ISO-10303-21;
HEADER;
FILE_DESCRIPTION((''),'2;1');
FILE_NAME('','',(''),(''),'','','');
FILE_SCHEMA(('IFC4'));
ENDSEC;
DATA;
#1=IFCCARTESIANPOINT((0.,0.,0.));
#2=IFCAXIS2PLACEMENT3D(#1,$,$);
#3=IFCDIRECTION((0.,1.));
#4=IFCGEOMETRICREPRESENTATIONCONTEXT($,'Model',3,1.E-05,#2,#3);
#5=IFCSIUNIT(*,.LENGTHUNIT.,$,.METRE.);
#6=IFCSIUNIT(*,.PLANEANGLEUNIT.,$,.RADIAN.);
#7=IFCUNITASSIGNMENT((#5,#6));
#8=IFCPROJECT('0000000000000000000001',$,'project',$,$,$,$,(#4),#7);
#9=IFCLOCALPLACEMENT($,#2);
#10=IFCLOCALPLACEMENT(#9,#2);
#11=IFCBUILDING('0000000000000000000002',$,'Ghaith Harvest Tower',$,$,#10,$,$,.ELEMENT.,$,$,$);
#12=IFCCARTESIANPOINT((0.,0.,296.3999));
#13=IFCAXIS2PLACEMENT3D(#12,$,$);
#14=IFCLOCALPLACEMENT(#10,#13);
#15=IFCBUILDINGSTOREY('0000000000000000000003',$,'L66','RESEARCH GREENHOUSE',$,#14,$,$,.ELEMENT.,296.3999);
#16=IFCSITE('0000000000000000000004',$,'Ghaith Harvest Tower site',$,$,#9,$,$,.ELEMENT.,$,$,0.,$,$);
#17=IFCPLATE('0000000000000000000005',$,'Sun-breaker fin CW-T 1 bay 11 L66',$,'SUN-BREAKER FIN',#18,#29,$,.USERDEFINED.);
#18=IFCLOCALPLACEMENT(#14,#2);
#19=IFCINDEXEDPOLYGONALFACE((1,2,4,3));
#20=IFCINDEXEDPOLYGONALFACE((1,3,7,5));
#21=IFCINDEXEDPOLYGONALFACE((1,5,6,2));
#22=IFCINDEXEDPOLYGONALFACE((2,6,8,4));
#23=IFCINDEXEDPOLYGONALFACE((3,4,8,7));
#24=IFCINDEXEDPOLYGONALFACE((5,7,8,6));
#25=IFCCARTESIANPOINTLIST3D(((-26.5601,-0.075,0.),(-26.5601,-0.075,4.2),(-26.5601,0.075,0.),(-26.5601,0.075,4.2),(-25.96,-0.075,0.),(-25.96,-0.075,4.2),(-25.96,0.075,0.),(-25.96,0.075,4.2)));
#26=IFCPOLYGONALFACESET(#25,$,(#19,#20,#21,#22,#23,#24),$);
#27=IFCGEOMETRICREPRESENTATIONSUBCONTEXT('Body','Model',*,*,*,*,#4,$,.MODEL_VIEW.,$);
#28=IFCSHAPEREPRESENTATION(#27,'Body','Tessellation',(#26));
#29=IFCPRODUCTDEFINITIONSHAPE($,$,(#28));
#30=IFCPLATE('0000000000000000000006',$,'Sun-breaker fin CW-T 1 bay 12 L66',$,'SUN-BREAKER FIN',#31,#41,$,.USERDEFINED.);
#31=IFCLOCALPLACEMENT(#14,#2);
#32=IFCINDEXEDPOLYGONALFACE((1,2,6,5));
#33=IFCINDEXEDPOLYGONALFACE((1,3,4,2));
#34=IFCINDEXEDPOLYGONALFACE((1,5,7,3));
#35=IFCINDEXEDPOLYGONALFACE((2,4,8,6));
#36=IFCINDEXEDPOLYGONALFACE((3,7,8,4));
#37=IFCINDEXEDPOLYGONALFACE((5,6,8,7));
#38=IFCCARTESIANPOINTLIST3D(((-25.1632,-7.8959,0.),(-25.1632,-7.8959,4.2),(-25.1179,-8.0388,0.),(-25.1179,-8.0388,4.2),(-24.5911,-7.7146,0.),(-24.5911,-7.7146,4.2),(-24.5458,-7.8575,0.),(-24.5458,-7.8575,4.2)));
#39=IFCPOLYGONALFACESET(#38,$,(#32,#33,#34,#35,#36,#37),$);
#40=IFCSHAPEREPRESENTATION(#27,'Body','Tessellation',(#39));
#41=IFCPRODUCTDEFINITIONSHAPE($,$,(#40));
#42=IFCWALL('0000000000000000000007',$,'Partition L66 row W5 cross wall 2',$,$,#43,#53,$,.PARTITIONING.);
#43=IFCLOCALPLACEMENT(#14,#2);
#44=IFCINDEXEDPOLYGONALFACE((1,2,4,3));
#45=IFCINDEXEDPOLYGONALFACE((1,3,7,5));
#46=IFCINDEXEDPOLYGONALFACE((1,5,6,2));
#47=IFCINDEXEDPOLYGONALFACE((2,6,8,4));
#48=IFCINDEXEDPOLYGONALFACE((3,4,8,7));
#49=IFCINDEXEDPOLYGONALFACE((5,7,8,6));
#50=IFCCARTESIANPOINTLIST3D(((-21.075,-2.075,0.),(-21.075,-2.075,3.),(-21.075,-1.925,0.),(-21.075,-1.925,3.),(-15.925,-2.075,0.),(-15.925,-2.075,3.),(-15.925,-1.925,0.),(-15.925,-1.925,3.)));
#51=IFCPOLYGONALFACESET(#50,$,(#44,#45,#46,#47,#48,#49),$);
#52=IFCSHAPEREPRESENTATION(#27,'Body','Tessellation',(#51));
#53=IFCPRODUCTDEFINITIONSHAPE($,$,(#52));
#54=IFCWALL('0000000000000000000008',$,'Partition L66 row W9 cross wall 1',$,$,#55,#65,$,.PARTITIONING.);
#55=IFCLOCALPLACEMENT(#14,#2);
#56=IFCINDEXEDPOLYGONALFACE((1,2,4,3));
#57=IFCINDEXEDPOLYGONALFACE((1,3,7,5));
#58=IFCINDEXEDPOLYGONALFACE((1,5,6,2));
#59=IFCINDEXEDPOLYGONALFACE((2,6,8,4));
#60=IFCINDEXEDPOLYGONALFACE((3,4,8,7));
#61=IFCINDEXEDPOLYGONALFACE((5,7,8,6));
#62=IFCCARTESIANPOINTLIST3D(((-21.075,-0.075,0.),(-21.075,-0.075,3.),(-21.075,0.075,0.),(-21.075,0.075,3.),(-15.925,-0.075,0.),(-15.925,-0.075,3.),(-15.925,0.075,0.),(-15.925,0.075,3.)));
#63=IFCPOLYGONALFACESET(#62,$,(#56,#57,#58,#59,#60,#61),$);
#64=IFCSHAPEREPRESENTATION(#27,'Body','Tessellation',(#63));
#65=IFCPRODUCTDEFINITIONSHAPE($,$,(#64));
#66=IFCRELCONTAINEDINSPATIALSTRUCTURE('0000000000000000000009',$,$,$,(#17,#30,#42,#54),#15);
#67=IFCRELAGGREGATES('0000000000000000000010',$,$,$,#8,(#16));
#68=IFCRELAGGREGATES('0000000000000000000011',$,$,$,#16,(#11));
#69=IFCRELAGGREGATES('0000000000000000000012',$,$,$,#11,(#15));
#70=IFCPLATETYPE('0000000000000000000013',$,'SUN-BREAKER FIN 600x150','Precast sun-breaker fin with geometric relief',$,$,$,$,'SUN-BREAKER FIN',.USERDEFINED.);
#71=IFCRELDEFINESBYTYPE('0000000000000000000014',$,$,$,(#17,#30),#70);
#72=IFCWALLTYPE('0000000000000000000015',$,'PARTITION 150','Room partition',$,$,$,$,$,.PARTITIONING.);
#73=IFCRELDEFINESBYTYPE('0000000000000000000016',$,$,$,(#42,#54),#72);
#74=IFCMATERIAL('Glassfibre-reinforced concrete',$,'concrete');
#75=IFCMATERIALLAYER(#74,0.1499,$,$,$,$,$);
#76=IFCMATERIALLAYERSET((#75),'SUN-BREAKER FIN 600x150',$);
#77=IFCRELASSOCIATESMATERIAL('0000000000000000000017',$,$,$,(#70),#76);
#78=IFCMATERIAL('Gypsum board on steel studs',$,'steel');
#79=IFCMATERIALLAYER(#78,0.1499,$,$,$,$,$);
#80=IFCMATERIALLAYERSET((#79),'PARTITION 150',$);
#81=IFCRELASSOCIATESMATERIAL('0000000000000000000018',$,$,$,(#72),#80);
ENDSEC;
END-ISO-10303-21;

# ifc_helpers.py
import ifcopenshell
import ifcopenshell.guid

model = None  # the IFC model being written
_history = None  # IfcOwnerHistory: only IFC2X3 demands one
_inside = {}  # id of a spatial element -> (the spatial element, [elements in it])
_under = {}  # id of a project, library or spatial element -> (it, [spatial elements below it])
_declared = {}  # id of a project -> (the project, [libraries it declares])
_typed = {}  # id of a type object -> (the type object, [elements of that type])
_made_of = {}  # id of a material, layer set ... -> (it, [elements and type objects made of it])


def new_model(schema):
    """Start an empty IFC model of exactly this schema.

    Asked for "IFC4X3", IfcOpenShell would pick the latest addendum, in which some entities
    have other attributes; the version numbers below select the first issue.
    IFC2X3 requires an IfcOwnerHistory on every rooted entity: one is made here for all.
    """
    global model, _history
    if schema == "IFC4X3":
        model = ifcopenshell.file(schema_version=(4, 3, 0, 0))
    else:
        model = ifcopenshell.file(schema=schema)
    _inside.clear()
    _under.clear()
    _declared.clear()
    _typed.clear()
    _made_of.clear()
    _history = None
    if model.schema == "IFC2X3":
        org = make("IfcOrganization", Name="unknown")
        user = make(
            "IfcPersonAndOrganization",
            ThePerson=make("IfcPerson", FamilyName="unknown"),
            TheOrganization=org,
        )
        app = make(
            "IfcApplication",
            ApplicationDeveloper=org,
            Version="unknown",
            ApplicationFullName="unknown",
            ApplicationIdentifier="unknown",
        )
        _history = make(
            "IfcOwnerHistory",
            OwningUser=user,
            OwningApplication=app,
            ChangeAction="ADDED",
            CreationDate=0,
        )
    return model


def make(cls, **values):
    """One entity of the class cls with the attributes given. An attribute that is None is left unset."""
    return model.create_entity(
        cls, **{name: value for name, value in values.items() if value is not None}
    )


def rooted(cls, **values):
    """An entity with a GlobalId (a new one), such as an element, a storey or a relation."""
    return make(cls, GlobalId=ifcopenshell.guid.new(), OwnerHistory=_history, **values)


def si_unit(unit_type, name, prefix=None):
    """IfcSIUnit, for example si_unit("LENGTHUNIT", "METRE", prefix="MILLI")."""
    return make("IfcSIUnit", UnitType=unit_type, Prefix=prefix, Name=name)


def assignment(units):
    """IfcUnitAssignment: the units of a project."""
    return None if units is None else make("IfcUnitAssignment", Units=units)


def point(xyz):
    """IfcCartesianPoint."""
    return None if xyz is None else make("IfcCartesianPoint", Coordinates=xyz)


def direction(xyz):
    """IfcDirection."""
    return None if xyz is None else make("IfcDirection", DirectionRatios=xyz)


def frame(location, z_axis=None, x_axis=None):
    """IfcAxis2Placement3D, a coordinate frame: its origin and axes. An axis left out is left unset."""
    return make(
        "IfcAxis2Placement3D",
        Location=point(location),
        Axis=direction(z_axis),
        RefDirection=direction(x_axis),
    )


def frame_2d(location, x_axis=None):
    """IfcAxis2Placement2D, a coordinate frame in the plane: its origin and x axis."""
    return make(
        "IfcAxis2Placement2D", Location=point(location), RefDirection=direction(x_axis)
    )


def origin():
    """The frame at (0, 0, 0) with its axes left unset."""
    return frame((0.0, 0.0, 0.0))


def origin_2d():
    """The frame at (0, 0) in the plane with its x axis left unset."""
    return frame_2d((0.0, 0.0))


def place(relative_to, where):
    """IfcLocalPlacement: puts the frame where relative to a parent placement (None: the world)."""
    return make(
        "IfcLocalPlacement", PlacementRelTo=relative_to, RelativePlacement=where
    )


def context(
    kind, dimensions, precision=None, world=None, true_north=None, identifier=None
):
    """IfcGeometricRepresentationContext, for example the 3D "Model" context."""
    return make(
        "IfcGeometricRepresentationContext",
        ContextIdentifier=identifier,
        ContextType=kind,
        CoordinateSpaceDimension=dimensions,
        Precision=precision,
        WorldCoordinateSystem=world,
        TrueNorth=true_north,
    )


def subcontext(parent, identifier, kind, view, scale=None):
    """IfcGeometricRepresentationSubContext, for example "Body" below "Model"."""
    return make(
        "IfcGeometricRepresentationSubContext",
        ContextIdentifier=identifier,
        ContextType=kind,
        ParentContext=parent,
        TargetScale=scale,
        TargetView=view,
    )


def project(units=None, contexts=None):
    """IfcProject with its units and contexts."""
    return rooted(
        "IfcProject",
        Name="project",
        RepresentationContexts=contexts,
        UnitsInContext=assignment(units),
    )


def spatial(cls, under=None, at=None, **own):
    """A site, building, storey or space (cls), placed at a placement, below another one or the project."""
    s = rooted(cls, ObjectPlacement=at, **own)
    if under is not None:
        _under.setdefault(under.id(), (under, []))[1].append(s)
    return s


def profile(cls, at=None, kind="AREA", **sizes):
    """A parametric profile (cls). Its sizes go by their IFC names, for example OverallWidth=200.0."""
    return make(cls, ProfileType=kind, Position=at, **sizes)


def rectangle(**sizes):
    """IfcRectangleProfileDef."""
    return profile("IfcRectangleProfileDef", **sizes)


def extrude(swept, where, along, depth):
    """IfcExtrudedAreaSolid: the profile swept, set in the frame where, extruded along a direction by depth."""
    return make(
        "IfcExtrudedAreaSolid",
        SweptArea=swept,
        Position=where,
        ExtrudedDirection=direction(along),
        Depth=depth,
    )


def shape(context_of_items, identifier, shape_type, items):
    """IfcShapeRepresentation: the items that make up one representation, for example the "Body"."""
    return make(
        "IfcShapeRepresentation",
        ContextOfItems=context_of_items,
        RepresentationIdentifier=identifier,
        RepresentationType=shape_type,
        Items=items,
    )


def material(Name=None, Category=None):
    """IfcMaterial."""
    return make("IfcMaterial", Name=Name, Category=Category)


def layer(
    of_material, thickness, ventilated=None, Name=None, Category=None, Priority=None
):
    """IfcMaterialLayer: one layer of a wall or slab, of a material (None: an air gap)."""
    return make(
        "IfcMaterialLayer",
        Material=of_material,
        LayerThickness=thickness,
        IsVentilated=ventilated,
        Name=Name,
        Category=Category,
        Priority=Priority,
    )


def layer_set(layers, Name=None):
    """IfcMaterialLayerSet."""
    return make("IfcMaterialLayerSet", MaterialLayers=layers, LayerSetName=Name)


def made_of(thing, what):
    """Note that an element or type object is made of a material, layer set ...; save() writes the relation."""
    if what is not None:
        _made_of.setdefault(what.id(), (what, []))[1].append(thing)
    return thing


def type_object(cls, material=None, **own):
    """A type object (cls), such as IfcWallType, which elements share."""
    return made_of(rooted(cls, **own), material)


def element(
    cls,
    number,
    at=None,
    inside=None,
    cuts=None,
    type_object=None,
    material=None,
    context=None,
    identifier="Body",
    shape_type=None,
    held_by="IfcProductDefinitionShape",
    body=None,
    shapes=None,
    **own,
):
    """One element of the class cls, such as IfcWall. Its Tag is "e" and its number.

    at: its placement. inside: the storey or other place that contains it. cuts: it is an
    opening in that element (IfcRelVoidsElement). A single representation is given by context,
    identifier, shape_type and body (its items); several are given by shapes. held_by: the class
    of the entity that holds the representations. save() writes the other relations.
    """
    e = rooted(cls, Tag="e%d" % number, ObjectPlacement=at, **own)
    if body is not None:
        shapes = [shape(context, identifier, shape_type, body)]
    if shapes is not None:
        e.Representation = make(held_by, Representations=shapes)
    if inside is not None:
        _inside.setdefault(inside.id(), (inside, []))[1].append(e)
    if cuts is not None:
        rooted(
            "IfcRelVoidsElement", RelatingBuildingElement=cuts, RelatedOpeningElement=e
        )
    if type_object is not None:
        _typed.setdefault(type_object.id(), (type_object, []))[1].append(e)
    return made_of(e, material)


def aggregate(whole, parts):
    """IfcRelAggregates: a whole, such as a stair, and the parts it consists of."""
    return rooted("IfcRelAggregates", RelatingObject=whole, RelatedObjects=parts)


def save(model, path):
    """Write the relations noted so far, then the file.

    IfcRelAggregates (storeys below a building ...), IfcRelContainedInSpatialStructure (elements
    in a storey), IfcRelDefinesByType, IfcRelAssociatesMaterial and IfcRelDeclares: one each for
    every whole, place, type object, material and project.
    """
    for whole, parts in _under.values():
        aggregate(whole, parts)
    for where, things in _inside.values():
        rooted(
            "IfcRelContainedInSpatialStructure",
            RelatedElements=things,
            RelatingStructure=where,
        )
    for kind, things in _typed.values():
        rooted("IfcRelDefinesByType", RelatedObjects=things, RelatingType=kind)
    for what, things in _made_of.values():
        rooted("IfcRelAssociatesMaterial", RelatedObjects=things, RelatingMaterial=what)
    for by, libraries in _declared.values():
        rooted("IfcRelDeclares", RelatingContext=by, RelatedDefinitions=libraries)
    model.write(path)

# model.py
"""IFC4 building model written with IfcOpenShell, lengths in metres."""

from ifc_helpers import new_model, si_unit, direction, frame, frame_2d, origin, origin_2d, place, context, subcontext, project, spatial, rectangle, extrude, material, layer, layer_set, type_object, element, save


model = new_model("IFC4")

# Units and contexts
model_context = context("Model", 3, precision=1e-05, world=origin(), true_north=direction((0.0, 1.0)))
body_context = subcontext(model_context, "Body", "Model", "MODEL_VIEW")
ifc_project = project(units=[si_unit("LENGTHUNIT", "METRE"), si_unit("PLANEANGLEUNIT", "RADIAN")], contexts=[model_context])

# Site, building, storey
site_placement = place(None, origin())
site = spatial("IfcSite", under=ifc_project, at=site_placement, Name="Ghaith Harvest Tower site", CompositionType="ELEMENT", RefElevation=0.0)
building_placement = place(site_placement, origin())
building = spatial("IfcBuilding", under=site, at=building_placement, Name="Ghaith Harvest Tower", CompositionType="ELEMENT")
storey_placement = place(building_placement, frame((0.0, 0.0, 296.3999)))
storey = spatial("IfcBuildingStorey", under=building, at=storey_placement, Name="L66", Description="RESEARCH GREENHOUSE", CompositionType="ELEMENT", Elevation=296.3999)

# Plates
ifc_material_1 = material(Name="Glassfibre-reinforced concrete", Category="concrete")
ifc_layer_1 = layer(ifc_material_1, 0.1499)
ifc_layer_set_1 = layer_set([ifc_layer_1], Name="SUN-BREAKER FIN 600x150")
plate_type_1 = type_object("IfcPlateType", Name="SUN-BREAKER FIN 600x150", Description="Precast sun-breaker fin with geometric relief", ElementType="SUN-BREAKER FIN", PredefinedType="USERDEFINED", material=ifc_layer_set_1)
for number, where, z_axis, x_axis, name in (
    (1, (-26.26, 0.0, 0.0), (0.0, 0.0, 1.0), (-1.0, 0.0, 0.0), "Sun-breaker fin CW-T 1 bay 11 L66"),
    (2, (-24.8545, -7.8767, 0.0), (0.0, 0.0, 1.0), (-0.953273, -0.30211, 0.0), "Sun-breaker fin CW-T 1 bay 12 L66"),
):
    element("IfcPlate", number, at=place(storey_placement, frame(where, z_axis=z_axis, x_axis=x_axis)), inside=storey, type_object=plate_type_1, Name=name, ObjectType="SUN-BREAKER FIN", PredefinedType="USERDEFINED", context=body_context, shape_type="SweptSolid", body=[
        extrude(rectangle(XDim=0.6001, YDim=0.1499, at=origin_2d()), origin(), (0.0, 0.0, 1.0), 4.2),
    ])

# Walls
ifc_material_2 = material(Name="Gypsum board on steel studs", Category="steel")
ifc_layer_2 = layer(ifc_material_2, 0.1499)
ifc_layer_set_2 = layer_set([ifc_layer_2], Name="PARTITION 150")
wall_type = type_object("IfcWallType", Name="PARTITION 150", Description="Room partition", PredefinedType="PARTITIONING", material=ifc_layer_set_2)
for number, where, z_axis, x_axis, name in (
    (3, (-15.925, -2.0, 0.0), (0.0, 0.0, 1.0), (-1.0, 0.0, 0.0), "Partition L66 row W5 cross wall 2"),
    (4, (-15.925, 0.0, 0.0), (0.0, 0.0, 1.0), (-1.0, 0.0, 0.0), "Partition L66 row W9 cross wall 1"),
):
    element("IfcWall", number, at=place(storey_placement, frame(where, z_axis=z_axis, x_axis=x_axis)), inside=storey, type_object=wall_type, Name=name, PredefinedType="PARTITIONING", context=body_context, shape_type="SweptSolid", body=[
        extrude(rectangle(XDim=5.1499, YDim=0.1499, at=frame_2d((2.575, 0.0))), origin(), (0.0, 0.0, 1.0), 3.0),
    ])

save(model, "model.ifc")
